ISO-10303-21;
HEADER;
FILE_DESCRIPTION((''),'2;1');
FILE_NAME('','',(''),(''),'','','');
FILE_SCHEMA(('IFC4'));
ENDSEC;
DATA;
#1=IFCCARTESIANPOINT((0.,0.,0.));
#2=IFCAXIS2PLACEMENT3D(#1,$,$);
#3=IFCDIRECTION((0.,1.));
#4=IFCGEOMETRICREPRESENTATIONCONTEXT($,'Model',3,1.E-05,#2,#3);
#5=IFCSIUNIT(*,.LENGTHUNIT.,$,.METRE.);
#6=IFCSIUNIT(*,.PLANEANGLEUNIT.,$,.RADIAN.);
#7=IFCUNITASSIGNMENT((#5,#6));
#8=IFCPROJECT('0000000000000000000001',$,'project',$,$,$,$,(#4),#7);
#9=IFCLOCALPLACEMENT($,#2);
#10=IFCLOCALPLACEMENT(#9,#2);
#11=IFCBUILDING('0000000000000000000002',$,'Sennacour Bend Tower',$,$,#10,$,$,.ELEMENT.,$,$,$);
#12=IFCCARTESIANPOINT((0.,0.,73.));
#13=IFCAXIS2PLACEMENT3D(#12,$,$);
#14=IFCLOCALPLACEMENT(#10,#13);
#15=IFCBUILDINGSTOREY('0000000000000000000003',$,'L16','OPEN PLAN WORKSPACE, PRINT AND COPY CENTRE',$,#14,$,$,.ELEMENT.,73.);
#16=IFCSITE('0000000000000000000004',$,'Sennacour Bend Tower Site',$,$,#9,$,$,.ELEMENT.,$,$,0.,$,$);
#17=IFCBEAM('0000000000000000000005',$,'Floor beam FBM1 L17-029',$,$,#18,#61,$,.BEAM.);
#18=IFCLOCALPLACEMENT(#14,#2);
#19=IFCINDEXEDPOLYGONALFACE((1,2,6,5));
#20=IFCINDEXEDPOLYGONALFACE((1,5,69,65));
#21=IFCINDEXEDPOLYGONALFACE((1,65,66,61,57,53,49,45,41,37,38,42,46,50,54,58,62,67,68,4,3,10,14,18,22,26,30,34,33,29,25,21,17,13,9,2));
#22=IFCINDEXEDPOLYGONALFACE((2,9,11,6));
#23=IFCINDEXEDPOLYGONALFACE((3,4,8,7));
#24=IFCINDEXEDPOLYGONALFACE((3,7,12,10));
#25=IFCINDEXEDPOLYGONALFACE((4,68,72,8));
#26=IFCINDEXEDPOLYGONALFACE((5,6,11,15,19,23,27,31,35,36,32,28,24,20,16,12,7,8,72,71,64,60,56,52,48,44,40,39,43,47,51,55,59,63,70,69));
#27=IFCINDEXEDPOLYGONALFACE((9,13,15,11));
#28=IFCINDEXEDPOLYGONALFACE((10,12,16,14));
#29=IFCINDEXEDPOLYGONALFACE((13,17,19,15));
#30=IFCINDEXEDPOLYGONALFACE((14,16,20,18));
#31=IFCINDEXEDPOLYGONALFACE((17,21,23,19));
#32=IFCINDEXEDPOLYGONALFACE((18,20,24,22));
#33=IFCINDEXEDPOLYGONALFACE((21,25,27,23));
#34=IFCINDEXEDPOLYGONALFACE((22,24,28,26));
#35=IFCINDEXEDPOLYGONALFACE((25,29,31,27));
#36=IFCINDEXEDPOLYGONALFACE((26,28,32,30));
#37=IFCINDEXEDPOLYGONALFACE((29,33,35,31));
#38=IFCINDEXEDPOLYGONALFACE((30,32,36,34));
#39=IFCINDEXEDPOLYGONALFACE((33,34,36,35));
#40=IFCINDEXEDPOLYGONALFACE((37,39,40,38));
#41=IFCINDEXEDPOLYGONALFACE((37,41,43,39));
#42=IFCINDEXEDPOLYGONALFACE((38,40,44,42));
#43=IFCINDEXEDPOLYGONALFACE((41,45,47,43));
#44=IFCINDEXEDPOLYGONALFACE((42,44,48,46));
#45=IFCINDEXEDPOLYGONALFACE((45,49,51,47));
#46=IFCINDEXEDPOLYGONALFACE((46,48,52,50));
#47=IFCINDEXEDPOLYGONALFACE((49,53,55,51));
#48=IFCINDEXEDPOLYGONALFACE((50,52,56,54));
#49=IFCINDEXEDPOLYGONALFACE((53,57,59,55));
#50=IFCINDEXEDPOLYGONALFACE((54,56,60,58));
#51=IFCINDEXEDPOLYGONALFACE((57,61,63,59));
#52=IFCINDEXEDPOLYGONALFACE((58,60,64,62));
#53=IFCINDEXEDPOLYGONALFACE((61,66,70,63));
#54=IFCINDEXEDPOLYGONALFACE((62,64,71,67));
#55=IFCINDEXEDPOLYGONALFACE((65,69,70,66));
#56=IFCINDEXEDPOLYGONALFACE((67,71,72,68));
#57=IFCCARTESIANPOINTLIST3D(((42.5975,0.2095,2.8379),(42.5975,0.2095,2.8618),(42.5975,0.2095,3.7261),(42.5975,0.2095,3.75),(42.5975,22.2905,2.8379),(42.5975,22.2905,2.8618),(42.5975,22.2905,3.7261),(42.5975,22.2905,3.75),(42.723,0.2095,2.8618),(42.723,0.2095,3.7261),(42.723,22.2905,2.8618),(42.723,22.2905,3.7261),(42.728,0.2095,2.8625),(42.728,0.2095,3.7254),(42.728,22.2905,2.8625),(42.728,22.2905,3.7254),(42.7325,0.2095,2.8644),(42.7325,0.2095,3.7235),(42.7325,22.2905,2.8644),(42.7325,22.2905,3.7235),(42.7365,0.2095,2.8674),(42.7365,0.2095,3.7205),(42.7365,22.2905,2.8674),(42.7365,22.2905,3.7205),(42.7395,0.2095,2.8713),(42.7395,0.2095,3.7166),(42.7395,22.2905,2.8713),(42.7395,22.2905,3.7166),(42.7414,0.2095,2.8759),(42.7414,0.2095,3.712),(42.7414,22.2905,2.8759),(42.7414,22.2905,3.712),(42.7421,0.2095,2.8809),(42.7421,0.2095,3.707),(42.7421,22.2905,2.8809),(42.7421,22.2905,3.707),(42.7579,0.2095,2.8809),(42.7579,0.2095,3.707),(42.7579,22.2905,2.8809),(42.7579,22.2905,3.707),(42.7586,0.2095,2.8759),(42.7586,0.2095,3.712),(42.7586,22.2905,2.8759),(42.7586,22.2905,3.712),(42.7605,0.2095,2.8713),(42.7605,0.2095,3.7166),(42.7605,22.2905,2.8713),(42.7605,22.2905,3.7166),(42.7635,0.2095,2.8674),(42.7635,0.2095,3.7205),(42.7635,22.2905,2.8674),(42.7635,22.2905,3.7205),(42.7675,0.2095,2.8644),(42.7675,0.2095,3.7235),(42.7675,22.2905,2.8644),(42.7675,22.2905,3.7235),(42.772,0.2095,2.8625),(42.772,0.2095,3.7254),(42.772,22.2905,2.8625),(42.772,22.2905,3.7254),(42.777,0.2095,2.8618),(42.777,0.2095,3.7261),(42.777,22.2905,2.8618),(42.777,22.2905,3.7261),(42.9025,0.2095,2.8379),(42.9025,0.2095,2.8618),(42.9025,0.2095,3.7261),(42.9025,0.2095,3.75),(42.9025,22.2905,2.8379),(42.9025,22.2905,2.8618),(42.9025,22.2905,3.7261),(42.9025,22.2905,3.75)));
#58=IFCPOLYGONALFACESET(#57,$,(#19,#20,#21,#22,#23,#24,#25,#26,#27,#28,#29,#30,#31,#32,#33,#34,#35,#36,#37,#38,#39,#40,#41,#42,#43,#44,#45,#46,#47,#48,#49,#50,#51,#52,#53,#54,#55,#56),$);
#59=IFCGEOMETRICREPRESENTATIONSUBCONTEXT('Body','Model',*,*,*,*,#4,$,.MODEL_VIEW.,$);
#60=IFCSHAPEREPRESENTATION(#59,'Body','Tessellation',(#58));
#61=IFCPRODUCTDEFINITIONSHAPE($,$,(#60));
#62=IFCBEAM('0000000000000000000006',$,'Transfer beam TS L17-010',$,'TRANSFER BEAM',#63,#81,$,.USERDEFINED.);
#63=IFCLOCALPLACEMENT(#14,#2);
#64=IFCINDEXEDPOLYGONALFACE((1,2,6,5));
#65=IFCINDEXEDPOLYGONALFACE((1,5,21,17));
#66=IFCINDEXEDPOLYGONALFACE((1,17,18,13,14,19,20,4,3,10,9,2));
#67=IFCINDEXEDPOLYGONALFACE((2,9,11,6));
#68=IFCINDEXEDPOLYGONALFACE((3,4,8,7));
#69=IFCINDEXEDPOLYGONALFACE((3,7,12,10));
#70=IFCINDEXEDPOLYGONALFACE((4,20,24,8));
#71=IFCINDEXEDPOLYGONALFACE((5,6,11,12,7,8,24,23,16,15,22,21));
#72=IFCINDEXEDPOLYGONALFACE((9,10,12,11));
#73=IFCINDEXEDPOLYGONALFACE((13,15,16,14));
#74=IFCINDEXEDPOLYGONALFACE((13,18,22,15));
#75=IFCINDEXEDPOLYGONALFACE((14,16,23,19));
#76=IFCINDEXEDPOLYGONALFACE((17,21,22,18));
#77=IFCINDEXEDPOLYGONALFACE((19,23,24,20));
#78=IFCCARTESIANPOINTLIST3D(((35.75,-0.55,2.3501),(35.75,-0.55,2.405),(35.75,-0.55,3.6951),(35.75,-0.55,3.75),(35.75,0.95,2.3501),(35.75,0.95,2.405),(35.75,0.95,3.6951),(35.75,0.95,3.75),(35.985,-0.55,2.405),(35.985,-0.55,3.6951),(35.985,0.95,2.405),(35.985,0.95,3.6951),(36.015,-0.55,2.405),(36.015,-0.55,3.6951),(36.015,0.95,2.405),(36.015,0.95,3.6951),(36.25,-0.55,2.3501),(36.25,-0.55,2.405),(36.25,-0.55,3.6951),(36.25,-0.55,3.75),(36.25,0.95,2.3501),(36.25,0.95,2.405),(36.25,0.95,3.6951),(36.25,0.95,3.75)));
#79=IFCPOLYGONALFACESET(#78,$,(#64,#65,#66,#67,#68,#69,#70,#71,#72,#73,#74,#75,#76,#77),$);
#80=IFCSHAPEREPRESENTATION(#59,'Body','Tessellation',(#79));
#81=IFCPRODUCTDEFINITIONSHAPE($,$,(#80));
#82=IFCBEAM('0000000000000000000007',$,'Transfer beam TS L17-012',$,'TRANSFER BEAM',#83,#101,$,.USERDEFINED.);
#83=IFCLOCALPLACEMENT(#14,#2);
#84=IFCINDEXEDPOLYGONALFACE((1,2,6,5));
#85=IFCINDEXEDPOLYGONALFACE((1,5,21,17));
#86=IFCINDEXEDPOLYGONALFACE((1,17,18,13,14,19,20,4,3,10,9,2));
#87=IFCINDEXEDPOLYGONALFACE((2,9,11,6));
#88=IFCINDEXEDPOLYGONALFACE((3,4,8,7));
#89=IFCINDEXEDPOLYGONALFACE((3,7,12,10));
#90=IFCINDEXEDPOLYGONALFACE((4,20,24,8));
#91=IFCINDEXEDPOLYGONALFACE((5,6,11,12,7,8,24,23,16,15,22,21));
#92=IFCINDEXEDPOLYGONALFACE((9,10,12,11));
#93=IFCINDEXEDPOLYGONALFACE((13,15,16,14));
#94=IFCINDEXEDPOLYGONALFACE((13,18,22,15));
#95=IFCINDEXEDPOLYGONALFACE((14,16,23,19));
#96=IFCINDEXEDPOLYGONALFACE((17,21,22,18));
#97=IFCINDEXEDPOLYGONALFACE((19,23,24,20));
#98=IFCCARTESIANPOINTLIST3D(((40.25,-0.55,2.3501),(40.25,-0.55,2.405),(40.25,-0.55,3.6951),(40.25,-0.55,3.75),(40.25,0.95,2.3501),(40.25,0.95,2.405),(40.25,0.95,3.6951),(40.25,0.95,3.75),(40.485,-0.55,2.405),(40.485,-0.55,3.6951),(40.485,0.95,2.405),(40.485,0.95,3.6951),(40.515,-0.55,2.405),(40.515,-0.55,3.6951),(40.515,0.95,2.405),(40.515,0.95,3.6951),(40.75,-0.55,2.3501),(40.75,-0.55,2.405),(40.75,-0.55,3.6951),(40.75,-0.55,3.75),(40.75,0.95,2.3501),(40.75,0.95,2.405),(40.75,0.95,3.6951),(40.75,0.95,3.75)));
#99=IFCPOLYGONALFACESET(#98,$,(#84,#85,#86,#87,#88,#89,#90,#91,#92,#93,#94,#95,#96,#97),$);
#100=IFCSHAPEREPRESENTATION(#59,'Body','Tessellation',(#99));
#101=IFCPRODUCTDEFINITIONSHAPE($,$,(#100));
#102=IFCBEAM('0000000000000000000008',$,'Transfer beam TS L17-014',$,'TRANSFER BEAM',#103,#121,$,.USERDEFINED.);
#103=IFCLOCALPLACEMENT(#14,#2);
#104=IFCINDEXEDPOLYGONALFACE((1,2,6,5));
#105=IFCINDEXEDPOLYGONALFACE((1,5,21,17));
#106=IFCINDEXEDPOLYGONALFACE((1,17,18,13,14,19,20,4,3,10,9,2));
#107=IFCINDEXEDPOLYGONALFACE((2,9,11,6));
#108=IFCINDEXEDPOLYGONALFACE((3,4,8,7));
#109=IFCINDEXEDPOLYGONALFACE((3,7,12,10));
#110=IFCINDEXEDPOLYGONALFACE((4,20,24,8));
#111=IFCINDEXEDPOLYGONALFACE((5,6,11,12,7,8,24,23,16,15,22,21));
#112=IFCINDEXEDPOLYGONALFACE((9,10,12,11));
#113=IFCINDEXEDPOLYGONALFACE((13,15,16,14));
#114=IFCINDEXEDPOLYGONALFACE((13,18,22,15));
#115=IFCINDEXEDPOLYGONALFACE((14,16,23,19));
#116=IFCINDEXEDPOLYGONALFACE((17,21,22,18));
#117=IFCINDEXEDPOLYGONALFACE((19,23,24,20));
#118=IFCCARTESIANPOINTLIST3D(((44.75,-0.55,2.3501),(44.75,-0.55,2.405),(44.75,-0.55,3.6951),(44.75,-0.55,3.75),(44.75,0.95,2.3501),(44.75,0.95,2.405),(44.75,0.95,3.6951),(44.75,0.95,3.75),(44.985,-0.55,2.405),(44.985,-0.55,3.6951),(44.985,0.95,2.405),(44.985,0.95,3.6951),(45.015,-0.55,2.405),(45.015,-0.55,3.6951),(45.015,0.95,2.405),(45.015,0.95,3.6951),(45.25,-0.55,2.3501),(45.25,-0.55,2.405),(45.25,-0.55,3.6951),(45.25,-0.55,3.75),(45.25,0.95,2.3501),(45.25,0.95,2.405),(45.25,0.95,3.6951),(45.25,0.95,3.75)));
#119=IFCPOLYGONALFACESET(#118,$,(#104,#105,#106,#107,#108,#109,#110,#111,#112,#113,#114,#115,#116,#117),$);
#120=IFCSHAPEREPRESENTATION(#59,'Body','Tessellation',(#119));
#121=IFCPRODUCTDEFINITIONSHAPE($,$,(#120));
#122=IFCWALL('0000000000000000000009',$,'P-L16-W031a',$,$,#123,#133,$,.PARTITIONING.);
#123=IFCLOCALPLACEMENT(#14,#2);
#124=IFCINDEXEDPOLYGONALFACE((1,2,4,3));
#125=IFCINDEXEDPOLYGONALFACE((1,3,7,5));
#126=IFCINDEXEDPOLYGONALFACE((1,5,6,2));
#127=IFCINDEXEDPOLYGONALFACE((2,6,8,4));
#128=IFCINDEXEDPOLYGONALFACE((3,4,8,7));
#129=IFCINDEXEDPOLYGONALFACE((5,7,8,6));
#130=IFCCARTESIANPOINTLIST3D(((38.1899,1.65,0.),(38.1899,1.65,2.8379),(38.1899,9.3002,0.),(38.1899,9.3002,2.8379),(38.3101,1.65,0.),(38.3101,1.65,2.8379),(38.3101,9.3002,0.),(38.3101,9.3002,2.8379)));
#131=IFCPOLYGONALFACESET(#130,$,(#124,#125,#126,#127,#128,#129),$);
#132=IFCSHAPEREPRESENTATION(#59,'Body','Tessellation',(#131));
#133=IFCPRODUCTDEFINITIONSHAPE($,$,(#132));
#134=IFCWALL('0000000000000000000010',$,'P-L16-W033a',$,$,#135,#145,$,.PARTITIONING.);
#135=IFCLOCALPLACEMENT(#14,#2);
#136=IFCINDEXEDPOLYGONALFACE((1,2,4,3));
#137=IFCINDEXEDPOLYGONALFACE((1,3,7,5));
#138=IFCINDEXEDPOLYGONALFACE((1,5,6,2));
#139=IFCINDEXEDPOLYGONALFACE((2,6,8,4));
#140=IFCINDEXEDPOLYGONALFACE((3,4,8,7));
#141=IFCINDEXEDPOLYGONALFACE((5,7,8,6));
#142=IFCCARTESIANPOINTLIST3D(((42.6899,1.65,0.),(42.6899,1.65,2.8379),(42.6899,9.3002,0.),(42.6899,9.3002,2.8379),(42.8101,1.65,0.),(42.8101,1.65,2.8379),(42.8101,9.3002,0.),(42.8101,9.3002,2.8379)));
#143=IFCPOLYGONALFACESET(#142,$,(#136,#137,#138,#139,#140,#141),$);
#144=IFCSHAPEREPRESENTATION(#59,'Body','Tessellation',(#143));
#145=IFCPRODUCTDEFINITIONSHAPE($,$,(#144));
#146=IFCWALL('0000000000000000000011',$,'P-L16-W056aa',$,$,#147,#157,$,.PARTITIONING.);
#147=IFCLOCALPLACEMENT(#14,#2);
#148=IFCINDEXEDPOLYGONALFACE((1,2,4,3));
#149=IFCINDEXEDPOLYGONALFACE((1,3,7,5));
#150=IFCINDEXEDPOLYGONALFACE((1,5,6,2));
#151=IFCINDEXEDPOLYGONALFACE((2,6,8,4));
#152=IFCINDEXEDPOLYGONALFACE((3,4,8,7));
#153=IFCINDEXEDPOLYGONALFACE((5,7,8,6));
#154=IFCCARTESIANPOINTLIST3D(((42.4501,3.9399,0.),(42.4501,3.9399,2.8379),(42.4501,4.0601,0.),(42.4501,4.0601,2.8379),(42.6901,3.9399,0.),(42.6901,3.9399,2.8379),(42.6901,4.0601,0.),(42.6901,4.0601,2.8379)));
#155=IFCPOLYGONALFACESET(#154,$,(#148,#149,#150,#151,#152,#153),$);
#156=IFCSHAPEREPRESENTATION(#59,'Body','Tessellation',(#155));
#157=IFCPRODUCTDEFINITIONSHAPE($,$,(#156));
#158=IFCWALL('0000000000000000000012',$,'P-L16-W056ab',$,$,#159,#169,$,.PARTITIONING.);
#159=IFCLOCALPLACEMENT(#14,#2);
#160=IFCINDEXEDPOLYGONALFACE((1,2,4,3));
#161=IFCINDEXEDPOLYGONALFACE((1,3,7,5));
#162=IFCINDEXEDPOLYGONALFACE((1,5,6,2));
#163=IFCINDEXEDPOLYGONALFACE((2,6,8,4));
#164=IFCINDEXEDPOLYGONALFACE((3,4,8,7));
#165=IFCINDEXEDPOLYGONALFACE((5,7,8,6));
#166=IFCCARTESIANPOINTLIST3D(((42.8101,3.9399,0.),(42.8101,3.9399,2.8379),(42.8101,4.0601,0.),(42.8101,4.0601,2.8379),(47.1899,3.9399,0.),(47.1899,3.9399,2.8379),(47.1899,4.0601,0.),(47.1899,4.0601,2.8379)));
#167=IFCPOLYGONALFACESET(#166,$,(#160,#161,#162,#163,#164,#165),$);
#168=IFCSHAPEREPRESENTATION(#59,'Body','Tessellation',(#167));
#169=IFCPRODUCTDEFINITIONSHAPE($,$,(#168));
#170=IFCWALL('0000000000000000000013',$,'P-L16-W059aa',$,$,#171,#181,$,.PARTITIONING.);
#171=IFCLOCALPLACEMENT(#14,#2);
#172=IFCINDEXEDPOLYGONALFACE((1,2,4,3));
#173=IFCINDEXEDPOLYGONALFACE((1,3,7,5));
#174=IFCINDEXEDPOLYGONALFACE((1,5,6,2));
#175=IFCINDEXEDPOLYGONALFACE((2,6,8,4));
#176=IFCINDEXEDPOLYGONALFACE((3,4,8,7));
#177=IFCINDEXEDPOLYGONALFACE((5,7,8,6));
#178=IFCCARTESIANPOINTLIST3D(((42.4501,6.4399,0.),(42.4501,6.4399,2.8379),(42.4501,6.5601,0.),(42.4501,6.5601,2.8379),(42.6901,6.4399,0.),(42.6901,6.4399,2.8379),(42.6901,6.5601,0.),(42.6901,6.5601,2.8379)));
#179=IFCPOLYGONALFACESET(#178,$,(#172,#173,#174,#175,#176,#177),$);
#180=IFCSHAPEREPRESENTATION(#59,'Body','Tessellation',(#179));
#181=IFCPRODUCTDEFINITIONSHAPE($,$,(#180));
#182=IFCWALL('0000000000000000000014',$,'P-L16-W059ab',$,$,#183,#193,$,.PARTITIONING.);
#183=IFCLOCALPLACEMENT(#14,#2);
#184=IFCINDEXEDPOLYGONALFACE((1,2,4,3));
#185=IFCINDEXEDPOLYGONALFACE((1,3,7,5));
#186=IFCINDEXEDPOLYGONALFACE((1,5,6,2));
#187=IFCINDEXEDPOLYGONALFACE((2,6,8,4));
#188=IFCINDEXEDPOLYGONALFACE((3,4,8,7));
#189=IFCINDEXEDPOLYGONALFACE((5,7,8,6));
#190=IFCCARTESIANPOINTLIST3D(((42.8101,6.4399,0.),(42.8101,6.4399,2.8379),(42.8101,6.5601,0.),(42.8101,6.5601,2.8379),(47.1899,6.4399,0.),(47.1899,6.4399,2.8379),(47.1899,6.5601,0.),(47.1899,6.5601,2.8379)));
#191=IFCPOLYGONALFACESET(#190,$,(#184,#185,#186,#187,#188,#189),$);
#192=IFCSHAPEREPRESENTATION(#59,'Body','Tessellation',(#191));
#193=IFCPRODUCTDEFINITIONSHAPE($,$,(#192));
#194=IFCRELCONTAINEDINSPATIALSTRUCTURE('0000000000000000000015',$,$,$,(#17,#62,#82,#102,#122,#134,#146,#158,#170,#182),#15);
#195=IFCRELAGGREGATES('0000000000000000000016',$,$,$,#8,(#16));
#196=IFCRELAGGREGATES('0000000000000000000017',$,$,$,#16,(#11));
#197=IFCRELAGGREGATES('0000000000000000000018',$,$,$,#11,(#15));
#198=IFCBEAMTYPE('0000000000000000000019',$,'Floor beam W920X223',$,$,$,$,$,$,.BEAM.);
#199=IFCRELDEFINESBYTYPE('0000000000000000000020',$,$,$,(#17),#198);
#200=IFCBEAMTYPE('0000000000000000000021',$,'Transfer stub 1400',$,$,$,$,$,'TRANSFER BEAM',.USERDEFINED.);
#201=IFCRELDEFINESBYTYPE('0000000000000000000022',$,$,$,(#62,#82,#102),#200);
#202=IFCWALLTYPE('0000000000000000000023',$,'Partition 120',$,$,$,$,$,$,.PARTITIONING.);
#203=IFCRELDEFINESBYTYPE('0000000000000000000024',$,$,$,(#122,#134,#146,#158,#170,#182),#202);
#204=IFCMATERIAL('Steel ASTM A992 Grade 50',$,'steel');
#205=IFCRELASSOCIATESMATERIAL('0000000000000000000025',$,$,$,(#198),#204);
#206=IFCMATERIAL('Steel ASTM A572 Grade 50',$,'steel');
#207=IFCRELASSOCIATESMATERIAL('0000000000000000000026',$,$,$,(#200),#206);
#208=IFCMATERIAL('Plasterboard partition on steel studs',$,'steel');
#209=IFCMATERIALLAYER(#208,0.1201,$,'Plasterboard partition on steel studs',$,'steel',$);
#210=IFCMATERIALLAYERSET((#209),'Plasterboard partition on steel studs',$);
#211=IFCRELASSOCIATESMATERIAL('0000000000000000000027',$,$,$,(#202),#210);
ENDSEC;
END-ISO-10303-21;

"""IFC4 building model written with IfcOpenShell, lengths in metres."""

from ifc_helpers import new_model, si_unit, direction, frame, frame_2d, origin, origin_2d, place, context, subcontext, project, spatial, rectangle, i_section, extrude, material, layer, layer_set, material_profile, profile_set, type_object, element, save


model = new_model("IFC4")

# Units and contexts
model_context = context("Model", 3, precision=1e-05, world=origin(), true_north=direction((0.0, 1.0)))
body_context = subcontext(model_context, "Body", "Model", "MODEL_VIEW")
ifc_project = project(units=[si_unit("LENGTHUNIT", "METRE"), si_unit("PLANEANGLEUNIT", "RADIAN")], contexts=[model_context])

# Site, building, storey
site_placement = place(None, origin())
site = spatial("IfcSite", under=ifc_project, at=site_placement, Name="Sennacour Bend Tower Site", CompositionType="ELEMENT", RefElevation=0.0)
building_placement = place(site_placement, origin())
building = spatial("IfcBuilding", under=site, at=building_placement, Name="Sennacour Bend Tower", CompositionType="ELEMENT")
storey_placement = place(building_placement, frame((0.0, 0.0, 73.0)))
storey = spatial("IfcBuildingStorey", under=building, at=storey_placement, Name="L16", Description="OPEN PLAN WORKSPACE, PRINT AND COPY CENTRE", CompositionType="ELEMENT", Elevation=73.0)

# Shared definitions
ifc_material_1 = material(Name="Steel ASTM A572 Grade 50", Category="steel")

# Beams
ifc_material_2 = material(Name="Steel ASTM A992 Grade 50", Category="steel")
ifc_material_profile_1 = material_profile(ifc_material_2, i_section(OverallWidth=0.3049, OverallDepth=0.9121, WebThickness=0.0159, FlangeThickness=0.0239, FilletRadius=0.019, at=origin_2d()), Name="Steel ASTM A992 Grade 50", Category="steel")
ifc_profile_set_1 = profile_set([ifc_material_profile_1], Name="Steel ASTM A992 Grade 50")
beam_type_1 = type_object("IfcBeamType", Name="Floor beam W920X223", PredefinedType="BEAM", material=ifc_profile_set_1)
beam_1_placement = place(storey_placement, frame((42.75, 0.2095, 3.2939), z_axis=(0.0, 1.0, 0.0), x_axis=(-1.0, 0.0, 0.0)))
element("IfcBeam", 1, at=beam_1_placement, inside=storey, type_object=beam_type_1, Name="Floor beam FBM1 L17-029", PredefinedType="BEAM", context=body_context, shape_type="SweptSolid", body=[
    extrude(i_section(OverallWidth=0.3049, OverallDepth=0.9121, WebThickness=0.0159, FlangeThickness=0.0239, FilletRadius=0.019, at=origin_2d()), origin(), (0.0, 0.0, 1.0), 22.0811),
])
ifc_material_profile_2 = material_profile(ifc_material_1, i_section(OverallWidth=0.5, OverallDepth=1.3999, WebThickness=0.03, FlangeThickness=0.0549, at=origin_2d()), Name="Steel ASTM A572 Grade 50", Category="steel")
ifc_profile_set_2 = profile_set([ifc_material_profile_2], Name="Steel ASTM A572 Grade 50")
beam_type_2 = type_object("IfcBeamType", Name="Transfer stub 1400", ElementType="TRANSFER BEAM", PredefinedType="USERDEFINED", material=ifc_profile_set_2)
for number, where, z_axis, x_axis, name in (
    (2, (36.0, 0.95, 3.05), (0.0, -1.0, 0.0), (1.0, 0.0, 0.0), "Transfer beam TS L17-010"),
    (3, (40.5, 0.95, 3.05), (0.0, -1.0, 0.0), (1.0, 0.0, 0.0), "Transfer beam TS L17-012"),
    (4, (45.0, 0.95, 3.05), (0.0, -1.0, 0.0), (1.0, 0.0, 0.0), "Transfer beam TS L17-014"),
):
    element("IfcBeam", number, at=place(storey_placement, frame(where, z_axis=z_axis, x_axis=x_axis)), inside=storey, type_object=beam_type_2, Name=name, ObjectType="TRANSFER BEAM", PredefinedType="USERDEFINED", context=body_context, shape_type="SweptSolid", body=[
        extrude(i_section(OverallWidth=0.5, OverallDepth=1.3999, WebThickness=0.03, FlangeThickness=0.0549, at=origin_2d()), origin(), (0.0, 0.0, 1.0), 1.5),
    ])

# Walls
ifc_material_3 = material(Name="Plasterboard partition on steel studs", Category="steel")
ifc_layer_1 = layer(ifc_material_3, 0.1201, Name="Plasterboard partition on steel studs", Category="steel")
ifc_layer_set_1 = layer_set([ifc_layer_1], Name="Plasterboard partition on steel studs")
wall_type_1 = type_object("IfcWallType", Name="Partition 120", PredefinedType="PARTITIONING", material=ifc_layer_set_1)
for number, where, z_axis, x_axis, name in (
    (5, (38.25, 1.6499, 0.0), (0.0, 0.0, 1.0), (0.0, 1.0, 0.0), "P-L16-W031a"),
    (6, (42.75, 1.6499, 0.0), (0.0, 0.0, 1.0), (0.0, 1.0, 0.0), "P-L16-W033a"),
):
    element("IfcWall", number, at=place(storey_placement, frame(where, z_axis=z_axis, x_axis=x_axis)), inside=storey, type_object=wall_type_1, Name=name, PredefinedType="PARTITIONING", context=body_context, shape_type="SweptSolid", body=[
        extrude(rectangle(XDim=7.6501, YDim=0.1201, at=frame_2d((3.8252, 0.0))), origin(), (0.0, 0.0, 1.0), 2.8379),
    ])
wall_1_placement = place(storey_placement, frame((42.45, 4.0, 0.0), z_axis=(0.0, 0.0, 1.0), x_axis=(1.0, 0.0, 0.0)))
element("IfcWall", 7, at=wall_1_placement, inside=storey, type_object=wall_type_1, Name="P-L16-W056aa", PredefinedType="PARTITIONING", context=body_context, shape_type="SweptSolid", body=[
    extrude(rectangle(XDim=0.24, YDim=0.1201, at=frame_2d((0.1201, 0.0))), origin(), (0.0, 0.0, 1.0), 2.8379),
])
wall_2_placement = place(storey_placement, frame((42.8101, 4.0, 0.0), z_axis=(0.0, 0.0, 1.0), x_axis=(1.0, 0.0, 0.0)))
element("IfcWall", 8, at=wall_2_placement, inside=storey, type_object=wall_type_1, Name="P-L16-W056ab", PredefinedType="PARTITIONING", context=body_context, shape_type="SweptSolid", body=[
    extrude(rectangle(XDim=4.3799, YDim=0.1201, at=frame_2d((2.1899, 0.0))), origin(), (0.0, 0.0, 1.0), 2.8379),
])
wall_3_placement = place(storey_placement, frame((42.45, 6.5, 0.0), z_axis=(0.0, 0.0, 1.0), x_axis=(1.0, 0.0, 0.0)))
element("IfcWall", 9, at=wall_3_placement, inside=storey, type_object=wall_type_1, Name="P-L16-W059aa", PredefinedType="PARTITIONING", context=body_context, shape_type="SweptSolid", body=[
    extrude(rectangle(XDim=0.24, YDim=0.1201, at=frame_2d((0.1201, 0.0))), origin(), (0.0, 0.0, 1.0), 2.8379),
])
wall_4_placement = place(storey_placement, frame((42.8101, 6.5, 0.0), z_axis=(0.0, 0.0, 1.0), x_axis=(1.0, 0.0, 0.0)))
element("IfcWall", 10, at=wall_4_placement, inside=storey, type_object=wall_type_1, Name="P-L16-W059ab", PredefinedType="PARTITIONING", context=body_context, shape_type="SweptSolid", body=[
    extrude(rectangle(XDim=4.3799, YDim=0.1201, at=frame_2d((2.1899, 0.0))), origin(), (0.0, 0.0, 1.0), 2.8379),
])

save(model, "model.ifc")
